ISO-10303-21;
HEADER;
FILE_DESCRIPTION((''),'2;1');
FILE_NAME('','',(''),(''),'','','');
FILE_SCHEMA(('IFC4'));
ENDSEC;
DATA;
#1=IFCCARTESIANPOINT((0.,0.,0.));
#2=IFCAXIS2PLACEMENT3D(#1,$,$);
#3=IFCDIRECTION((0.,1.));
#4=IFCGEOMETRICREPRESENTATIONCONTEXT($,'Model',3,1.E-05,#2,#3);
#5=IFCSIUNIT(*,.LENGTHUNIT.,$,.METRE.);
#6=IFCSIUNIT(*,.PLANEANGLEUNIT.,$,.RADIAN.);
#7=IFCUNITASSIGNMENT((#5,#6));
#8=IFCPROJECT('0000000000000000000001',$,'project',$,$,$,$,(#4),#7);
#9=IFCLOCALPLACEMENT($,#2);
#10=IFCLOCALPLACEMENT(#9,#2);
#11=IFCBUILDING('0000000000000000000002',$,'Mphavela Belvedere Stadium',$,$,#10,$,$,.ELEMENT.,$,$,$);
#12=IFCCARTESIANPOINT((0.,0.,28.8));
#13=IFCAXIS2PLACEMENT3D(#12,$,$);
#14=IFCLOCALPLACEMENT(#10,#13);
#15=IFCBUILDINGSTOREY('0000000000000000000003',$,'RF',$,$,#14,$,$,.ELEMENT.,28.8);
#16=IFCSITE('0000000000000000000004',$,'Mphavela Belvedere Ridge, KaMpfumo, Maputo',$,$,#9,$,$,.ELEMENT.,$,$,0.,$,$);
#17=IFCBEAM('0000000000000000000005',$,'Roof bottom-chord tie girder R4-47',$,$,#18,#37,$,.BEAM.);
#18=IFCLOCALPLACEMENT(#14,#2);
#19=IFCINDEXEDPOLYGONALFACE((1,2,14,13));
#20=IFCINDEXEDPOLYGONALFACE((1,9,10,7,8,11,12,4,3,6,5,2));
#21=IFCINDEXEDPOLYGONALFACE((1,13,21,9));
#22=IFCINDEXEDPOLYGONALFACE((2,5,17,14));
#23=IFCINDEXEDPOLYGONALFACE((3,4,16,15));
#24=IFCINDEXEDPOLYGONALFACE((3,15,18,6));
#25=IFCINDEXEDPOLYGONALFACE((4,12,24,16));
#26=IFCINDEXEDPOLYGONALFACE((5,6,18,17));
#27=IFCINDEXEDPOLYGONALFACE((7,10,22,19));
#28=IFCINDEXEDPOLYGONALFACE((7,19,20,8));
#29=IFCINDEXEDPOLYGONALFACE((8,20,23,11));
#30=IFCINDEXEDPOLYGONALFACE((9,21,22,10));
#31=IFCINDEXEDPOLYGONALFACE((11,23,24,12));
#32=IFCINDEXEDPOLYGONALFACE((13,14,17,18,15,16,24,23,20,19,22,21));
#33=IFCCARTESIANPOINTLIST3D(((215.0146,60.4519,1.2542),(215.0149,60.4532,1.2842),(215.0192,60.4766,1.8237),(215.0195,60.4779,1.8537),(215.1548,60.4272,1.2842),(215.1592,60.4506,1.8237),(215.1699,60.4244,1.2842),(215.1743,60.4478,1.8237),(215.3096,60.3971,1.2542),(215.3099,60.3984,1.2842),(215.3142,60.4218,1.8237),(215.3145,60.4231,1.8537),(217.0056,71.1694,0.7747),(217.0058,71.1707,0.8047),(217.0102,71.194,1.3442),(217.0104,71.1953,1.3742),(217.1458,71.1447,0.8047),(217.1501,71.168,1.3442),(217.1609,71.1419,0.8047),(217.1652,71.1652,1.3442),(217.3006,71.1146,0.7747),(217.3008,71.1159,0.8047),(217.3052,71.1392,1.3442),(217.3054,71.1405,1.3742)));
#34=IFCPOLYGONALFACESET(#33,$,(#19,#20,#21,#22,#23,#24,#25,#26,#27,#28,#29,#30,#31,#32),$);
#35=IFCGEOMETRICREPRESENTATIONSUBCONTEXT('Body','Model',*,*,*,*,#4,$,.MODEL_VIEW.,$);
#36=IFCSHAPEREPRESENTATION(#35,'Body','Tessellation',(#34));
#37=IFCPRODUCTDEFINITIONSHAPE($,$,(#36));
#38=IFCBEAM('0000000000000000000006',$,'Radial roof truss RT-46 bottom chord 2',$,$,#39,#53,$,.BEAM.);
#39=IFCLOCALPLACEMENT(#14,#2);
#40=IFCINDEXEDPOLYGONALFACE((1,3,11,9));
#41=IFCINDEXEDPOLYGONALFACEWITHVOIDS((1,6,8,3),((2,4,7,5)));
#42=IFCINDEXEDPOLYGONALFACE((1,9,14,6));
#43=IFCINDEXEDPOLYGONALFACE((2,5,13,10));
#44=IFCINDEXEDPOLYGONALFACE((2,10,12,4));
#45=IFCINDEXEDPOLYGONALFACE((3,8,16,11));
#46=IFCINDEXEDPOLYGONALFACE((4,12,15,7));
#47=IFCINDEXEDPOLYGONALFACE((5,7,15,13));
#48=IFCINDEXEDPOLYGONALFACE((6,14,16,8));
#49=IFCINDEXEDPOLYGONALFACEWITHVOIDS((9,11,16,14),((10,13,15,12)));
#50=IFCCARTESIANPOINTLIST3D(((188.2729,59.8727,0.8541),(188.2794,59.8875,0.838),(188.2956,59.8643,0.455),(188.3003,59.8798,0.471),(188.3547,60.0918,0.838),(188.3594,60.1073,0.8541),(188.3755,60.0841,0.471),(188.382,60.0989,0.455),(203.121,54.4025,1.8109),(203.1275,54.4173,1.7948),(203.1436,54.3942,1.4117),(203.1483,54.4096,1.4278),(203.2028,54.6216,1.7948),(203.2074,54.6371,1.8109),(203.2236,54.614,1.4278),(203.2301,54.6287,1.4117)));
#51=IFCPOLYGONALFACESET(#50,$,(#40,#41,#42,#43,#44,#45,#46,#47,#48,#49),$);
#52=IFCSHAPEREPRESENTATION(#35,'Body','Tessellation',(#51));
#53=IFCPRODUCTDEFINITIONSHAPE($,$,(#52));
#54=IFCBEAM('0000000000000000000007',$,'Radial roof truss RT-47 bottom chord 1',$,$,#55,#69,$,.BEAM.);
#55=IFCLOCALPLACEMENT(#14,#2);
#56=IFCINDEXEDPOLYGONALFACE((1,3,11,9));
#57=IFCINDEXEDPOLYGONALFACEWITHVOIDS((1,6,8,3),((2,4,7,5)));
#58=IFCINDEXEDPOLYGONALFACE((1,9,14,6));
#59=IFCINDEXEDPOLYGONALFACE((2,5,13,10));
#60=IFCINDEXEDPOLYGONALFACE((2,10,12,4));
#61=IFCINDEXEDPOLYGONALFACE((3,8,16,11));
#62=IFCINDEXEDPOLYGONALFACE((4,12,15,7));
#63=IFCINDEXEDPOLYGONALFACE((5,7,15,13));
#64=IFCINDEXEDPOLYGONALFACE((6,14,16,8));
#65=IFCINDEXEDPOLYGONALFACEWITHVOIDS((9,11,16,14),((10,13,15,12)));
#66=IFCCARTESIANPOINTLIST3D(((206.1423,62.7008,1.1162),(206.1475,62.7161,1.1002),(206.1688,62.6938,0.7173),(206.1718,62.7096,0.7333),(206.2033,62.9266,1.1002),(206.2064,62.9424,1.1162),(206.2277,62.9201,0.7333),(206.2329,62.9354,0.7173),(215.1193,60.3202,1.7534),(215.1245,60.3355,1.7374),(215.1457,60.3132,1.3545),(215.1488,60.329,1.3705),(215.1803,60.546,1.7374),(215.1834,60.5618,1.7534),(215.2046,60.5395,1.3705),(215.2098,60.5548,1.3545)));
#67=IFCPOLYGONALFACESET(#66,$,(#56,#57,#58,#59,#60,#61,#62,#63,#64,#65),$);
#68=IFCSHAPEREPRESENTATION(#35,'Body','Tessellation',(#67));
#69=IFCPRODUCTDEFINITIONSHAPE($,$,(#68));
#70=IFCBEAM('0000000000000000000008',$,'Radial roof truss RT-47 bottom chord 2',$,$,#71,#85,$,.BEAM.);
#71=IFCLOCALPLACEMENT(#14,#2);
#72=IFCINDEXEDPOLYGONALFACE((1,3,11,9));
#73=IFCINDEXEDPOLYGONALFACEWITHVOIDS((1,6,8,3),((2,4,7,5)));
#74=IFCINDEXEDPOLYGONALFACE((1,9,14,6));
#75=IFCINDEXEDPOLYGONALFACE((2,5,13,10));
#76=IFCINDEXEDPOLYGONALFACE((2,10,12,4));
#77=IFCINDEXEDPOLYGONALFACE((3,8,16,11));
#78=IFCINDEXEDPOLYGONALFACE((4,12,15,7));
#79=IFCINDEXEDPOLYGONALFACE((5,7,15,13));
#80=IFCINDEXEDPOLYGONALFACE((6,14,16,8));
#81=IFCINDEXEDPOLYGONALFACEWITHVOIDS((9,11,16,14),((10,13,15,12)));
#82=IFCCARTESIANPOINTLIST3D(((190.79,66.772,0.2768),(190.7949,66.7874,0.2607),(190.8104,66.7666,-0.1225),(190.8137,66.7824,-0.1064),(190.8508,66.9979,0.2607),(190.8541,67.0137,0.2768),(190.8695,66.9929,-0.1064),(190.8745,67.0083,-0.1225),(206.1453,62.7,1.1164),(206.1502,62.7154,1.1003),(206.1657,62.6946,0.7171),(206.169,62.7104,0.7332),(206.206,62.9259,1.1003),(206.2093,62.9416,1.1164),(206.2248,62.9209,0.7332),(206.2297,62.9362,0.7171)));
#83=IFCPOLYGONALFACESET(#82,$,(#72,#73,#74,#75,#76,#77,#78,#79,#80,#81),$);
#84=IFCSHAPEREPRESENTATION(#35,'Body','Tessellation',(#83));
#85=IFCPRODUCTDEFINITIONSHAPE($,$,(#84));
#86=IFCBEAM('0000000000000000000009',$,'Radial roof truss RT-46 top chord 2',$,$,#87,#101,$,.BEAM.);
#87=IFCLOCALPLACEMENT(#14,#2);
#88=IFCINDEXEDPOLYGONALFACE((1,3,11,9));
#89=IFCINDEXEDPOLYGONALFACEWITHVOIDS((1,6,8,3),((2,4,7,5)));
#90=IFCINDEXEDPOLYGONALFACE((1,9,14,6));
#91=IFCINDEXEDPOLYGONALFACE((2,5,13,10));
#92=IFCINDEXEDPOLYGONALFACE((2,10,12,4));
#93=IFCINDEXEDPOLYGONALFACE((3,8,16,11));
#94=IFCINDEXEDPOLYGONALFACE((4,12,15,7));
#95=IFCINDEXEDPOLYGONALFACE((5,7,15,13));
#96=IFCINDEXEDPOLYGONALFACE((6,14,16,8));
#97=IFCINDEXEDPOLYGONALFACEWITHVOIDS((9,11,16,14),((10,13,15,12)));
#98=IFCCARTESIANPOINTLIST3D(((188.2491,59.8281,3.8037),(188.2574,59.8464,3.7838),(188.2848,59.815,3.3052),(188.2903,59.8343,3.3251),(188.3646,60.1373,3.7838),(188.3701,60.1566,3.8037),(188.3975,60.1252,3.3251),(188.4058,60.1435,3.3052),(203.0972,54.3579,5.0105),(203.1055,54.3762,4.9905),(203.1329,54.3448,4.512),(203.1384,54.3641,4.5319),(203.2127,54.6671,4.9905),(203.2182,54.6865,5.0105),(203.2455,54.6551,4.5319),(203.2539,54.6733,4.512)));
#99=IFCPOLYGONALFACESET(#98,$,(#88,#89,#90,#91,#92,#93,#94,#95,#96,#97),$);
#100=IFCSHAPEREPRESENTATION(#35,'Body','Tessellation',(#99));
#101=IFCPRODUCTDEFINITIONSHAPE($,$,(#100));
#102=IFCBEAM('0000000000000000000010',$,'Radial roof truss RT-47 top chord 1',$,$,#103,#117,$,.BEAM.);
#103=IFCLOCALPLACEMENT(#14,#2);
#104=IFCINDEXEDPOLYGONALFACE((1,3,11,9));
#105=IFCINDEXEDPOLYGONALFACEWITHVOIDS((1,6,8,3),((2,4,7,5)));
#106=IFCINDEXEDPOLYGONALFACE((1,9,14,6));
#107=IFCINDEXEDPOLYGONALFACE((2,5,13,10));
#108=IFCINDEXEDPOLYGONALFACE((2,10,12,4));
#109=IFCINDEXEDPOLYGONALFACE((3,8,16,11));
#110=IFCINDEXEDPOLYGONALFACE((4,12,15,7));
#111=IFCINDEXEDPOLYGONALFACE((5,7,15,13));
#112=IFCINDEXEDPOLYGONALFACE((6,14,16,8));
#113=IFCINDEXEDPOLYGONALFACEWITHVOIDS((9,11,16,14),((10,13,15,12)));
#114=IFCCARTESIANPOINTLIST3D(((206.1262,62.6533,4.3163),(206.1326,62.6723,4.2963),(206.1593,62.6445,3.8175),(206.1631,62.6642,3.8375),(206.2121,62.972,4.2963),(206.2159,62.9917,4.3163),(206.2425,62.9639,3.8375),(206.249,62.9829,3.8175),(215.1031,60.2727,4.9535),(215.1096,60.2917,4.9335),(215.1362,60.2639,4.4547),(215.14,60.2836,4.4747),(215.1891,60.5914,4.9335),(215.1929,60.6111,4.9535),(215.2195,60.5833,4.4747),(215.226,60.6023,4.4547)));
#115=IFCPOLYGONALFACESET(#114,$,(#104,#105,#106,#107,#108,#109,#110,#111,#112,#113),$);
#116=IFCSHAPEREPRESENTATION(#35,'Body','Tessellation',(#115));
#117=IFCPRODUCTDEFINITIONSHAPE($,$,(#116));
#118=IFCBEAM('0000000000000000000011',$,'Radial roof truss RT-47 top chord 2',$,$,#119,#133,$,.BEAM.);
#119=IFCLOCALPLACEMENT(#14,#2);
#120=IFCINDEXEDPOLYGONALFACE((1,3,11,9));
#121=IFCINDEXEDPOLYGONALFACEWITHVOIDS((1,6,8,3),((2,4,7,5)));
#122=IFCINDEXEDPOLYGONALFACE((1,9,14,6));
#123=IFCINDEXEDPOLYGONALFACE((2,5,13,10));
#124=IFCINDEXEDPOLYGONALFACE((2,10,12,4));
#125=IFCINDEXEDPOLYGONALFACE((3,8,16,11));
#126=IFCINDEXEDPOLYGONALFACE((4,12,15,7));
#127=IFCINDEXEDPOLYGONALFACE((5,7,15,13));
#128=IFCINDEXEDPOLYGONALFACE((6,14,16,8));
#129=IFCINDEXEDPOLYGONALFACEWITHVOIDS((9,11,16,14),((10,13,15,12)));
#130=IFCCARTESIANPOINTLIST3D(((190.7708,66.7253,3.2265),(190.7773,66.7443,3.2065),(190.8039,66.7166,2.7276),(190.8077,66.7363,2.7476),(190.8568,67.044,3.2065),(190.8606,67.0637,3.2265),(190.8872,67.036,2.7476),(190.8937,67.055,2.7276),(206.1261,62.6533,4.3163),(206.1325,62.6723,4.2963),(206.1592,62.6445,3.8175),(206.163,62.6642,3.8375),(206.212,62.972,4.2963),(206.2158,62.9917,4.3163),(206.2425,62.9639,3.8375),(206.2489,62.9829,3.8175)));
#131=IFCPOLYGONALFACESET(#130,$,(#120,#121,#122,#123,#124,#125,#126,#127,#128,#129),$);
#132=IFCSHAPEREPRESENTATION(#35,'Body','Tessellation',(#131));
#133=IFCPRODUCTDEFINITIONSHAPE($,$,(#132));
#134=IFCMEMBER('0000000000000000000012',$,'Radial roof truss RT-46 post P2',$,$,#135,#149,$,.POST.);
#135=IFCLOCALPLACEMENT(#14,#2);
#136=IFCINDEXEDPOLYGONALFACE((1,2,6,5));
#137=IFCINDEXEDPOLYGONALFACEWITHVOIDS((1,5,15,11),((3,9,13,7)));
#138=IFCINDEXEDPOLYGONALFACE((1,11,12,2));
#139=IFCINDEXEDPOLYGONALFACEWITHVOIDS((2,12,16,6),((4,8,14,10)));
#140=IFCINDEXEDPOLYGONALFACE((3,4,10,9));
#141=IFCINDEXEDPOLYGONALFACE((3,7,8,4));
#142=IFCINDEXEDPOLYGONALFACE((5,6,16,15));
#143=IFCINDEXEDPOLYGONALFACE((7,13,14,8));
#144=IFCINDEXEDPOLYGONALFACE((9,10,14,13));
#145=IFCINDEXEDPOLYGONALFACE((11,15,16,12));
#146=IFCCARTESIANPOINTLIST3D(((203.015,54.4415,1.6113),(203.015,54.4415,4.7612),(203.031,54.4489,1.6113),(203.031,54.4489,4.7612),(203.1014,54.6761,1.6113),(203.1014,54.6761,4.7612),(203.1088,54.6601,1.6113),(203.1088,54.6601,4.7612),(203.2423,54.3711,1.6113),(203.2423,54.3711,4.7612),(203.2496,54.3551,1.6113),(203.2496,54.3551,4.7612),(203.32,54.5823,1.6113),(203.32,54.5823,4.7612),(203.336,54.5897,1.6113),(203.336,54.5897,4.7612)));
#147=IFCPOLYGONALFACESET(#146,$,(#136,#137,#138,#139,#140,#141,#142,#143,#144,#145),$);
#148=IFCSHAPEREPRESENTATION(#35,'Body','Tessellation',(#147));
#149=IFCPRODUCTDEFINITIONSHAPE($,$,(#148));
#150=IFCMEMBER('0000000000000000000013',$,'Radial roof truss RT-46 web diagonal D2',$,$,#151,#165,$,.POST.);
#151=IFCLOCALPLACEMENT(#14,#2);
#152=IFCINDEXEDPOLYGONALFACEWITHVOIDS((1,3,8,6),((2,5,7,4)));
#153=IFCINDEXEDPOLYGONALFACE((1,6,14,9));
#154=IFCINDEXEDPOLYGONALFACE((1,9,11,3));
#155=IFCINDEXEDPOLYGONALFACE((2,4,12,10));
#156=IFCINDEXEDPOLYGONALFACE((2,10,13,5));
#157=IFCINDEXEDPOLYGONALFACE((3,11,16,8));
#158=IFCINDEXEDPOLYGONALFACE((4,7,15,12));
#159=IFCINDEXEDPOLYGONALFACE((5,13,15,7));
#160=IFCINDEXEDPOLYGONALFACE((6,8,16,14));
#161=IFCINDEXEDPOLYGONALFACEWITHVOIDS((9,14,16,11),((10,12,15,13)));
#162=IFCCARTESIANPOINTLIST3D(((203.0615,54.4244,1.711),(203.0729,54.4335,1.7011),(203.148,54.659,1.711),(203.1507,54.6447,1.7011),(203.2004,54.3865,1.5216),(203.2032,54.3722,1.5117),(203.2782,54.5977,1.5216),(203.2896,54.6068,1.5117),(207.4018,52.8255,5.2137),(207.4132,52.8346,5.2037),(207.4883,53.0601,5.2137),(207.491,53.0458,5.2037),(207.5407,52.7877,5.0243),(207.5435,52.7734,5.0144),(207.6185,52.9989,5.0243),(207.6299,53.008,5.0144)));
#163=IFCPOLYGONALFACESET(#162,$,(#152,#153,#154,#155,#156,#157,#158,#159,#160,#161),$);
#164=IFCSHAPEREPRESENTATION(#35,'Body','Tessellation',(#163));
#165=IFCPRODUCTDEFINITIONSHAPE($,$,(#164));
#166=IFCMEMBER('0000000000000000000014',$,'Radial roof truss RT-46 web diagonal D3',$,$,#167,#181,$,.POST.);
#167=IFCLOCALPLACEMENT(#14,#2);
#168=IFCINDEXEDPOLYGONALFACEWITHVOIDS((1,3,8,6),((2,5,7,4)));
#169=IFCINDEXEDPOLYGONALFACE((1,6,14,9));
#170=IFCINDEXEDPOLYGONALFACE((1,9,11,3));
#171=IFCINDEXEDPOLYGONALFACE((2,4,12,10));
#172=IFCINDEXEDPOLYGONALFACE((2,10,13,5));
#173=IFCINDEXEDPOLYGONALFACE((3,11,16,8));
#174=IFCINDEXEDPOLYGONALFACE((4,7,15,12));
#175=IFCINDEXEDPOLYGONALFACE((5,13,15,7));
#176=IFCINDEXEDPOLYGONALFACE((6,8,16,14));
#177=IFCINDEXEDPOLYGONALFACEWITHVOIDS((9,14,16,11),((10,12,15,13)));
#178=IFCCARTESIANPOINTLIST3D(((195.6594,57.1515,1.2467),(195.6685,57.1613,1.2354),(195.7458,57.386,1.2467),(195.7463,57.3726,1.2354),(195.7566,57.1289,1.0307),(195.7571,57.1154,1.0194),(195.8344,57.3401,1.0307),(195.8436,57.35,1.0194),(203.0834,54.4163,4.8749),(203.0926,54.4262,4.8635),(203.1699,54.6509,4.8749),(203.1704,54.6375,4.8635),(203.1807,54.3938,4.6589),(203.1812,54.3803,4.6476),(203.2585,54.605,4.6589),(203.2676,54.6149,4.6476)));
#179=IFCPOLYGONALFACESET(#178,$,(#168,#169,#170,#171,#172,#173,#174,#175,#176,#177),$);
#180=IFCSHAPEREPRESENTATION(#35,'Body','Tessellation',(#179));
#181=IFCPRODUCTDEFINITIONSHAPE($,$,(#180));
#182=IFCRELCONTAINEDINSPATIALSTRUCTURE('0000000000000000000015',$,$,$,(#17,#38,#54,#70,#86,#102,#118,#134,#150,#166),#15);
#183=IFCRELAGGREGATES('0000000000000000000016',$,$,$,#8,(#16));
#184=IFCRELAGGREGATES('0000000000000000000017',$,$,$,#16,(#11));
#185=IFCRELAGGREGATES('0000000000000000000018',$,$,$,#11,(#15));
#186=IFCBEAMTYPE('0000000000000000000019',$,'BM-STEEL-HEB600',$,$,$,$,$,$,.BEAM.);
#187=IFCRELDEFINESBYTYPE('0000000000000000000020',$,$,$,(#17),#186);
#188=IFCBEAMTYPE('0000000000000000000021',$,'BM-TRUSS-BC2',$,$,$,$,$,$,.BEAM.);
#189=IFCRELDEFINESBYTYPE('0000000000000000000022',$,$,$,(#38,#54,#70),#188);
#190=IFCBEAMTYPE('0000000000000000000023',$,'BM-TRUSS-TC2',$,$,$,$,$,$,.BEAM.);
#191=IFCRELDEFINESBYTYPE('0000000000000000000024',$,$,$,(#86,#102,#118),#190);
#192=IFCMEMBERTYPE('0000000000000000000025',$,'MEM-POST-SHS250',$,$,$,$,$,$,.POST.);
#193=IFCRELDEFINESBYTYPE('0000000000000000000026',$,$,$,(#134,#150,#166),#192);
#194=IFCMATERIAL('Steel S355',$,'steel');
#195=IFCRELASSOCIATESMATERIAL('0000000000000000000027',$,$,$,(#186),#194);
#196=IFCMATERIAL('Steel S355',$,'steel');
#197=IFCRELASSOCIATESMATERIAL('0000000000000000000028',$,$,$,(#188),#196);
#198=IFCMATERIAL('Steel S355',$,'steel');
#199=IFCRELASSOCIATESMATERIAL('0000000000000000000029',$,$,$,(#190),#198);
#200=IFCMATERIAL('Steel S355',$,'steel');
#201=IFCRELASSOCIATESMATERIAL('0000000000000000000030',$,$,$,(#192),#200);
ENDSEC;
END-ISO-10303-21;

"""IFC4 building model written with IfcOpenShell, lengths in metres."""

from ifc_helpers import new_model, si_unit, direction, frame, origin, origin_2d, place, context, subcontext, project, spatial, hollow_rectangle, i_section, extrude, material, material_profile, profile_set, type_object, element, save


model = new_model("IFC4")

# Units and contexts
model_context = context("Model", 3, precision=1e-05, world=origin(), true_north=direction((0.0, 1.0)))
body_context = subcontext(model_context, "Body", "Model", "MODEL_VIEW")
ifc_project = project(units=[si_unit("LENGTHUNIT", "METRE"), si_unit("PLANEANGLEUNIT", "RADIAN")], contexts=[model_context])

# Site, building, storey
site_placement = place(None, origin())
site = spatial("IfcSite", under=ifc_project, at=site_placement, Name="Mphavela Belvedere Ridge, KaMpfumo, Maputo", CompositionType="ELEMENT", RefElevation=0.0)
building_placement = place(site_placement, origin())
building = spatial("IfcBuilding", under=site, at=building_placement, Name="Mphavela Belvedere Stadium", CompositionType="ELEMENT")
storey_placement = place(building_placement, frame((0.0, 0.0, 28.8)))
storey = spatial("IfcBuildingStorey", under=building, at=storey_placement, Name="RF", CompositionType="ELEMENT", Elevation=28.8)

# Beams
ifc_material_1 = material(Name="Steel S355", Category="steel")
ifc_material_profile_1 = material_profile(ifc_material_1, i_section(OverallWidth=0.3, OverallDepth=0.6001, WebThickness=0.0154, FlangeThickness=0.03, at=origin_2d()), Name="HEB 600")
ifc_profile_set_1 = profile_set([ifc_material_profile_1], Name="Steel S355")
beam_type_1 = type_object("IfcBeamType", Name="BM-STEEL-HEB600", PredefinedType="BEAM", material=ifc_profile_set_1)
beam_1_placement = place(storey_placement, frame((215.1646, 60.4375, 1.554), z_axis=(0.182466, 0.98223, -0.043944), x_axis=(-0.983179, 0.182643, 0.0)))
element("IfcBeam", 1, at=beam_1_placement, inside=storey, type_object=beam_type_1, Name="Roof bottom-chord tie girder R4-47", PredefinedType="BEAM", context=body_context, shape_type="SweptSolid", body=[
    extrude(i_section(OverallWidth=0.3, OverallDepth=0.6001, WebThickness=0.0154, FlangeThickness=0.03, at=origin_2d()), origin(), (0.0, 0.0, 1.0), 10.9114),
])
ifc_material_2 = material(Name="Steel S355", Category="steel")
ifc_material_profile_2 = material_profile(ifc_material_2, hollow_rectangle(XDim=0.25, YDim=0.3999, WallThickness=0.0161, at=origin_2d()), Name="RHS 400x250x16")
ifc_profile_set_2 = profile_set([ifc_material_profile_2], Name="Steel S355")
beam_type_2 = type_object("IfcBeamType", Name="BM-TRUSS-BC2", PredefinedType="BEAM", material=ifc_profile_set_2)
beam_2_placement = place(storey_placement, frame((203.1755, 54.5156, 1.6113), z_axis=(-0.936636, 0.345067, -0.060355), x_axis=(-0.345697, -0.938346, 0.0)))
element("IfcBeam", 2, at=beam_2_placement, inside=storey, type_object=beam_type_2, Name="Radial roof truss RT-46 bottom chord 2", PredefinedType="BEAM", context=body_context, shape_type="SweptSolid", body=[
    extrude(hollow_rectangle(XDim=0.25, YDim=0.3999, WallThickness=0.0161, at=origin_2d()), origin(), (0.0, 0.0, 1.0), 15.8525),
])
beam_3_placement = place(storey_placement, frame((215.1646, 60.4375, 1.554), z_axis=(-0.964323, 0.255728, -0.068449), x_axis=(-0.256329, -0.96659, 0.0)))
element("IfcBeam", 3, at=beam_3_placement, inside=storey, type_object=beam_type_2, Name="Radial roof truss RT-47 bottom chord 1", PredefinedType="BEAM", context=body_context, shape_type="SweptSolid", body=[
    extrude(hollow_rectangle(XDim=0.25, YDim=0.3999, WallThickness=0.0161, at=origin_2d()), origin(), (0.0, 0.0, 1.0), 9.3091),
])
beam_4_placement = place(storey_placement, frame((206.1875, 62.8181, 0.9167), z_axis=(-0.965243, 0.255971, -0.052778), x_axis=(-0.256328, -0.96659, 0.0)))
element("IfcBeam", 4, at=beam_4_placement, inside=storey, type_object=beam_type_2, Name="Radial roof truss RT-47 bottom chord 2", PredefinedType="BEAM", context=body_context, shape_type="SweptSolid", body=[
    extrude(hollow_rectangle(XDim=0.25, YDim=0.3999, WallThickness=0.0161, at=origin_2d()), origin(), (0.0, 0.0, 1.0), 15.9082),
])
ifc_material_3 = material(Name="Steel S355", Category="steel")
ifc_material_profile_3 = material_profile(ifc_material_3, hollow_rectangle(XDim=0.3501, YDim=0.5, WallThickness=0.02, at=origin_2d()), Name="RHS 500x350x20")
ifc_profile_set_3 = profile_set([ifc_material_profile_3], Name="Steel S355")
beam_type_3 = type_object("IfcBeamType", Name="BM-TRUSS-TC2", PredefinedType="BEAM", material=ifc_profile_set_3)
beam_5_placement = place(storey_placement, frame((203.1755, 54.5156, 4.7612), z_axis=(-0.935629, 0.344696, -0.076044), x_axis=(-0.345697, -0.938346, 0.0)))
element("IfcBeam", 5, at=beam_5_placement, inside=storey, type_object=beam_type_3, Name="Radial roof truss RT-46 top chord 2", PredefinedType="BEAM", context=body_context, shape_type="SweptSolid", body=[
    extrude(hollow_rectangle(XDim=0.3501, YDim=0.5, WallThickness=0.02, at=origin_2d()), origin(), (0.0, 0.0, 1.0), 15.8696),
])
beam_6_placement = place(storey_placement, frame((215.1646, 60.4375, 4.7041), z_axis=(-0.964323, 0.255728, -0.068449), x_axis=(-0.256329, -0.96659, 0.0)))
element("IfcBeam", 6, at=beam_6_placement, inside=storey, type_object=beam_type_3, Name="Radial roof truss RT-47 top chord 1", PredefinedType="BEAM", context=body_context, shape_type="SweptSolid", body=[
    extrude(hollow_rectangle(XDim=0.3501, YDim=0.5, WallThickness=0.02, at=origin_2d()), origin(), (0.0, 0.0, 1.0), 9.3091),
])
beam_7_placement = place(storey_placement, frame((206.1875, 62.8181, 4.0669), z_axis=(-0.964323, 0.255727, -0.068443), x_axis=(-0.256328, -0.96659, 0.0)))
element("IfcBeam", 7, at=beam_7_placement, inside=storey, type_object=beam_type_3, Name="Radial roof truss RT-47 top chord 2", PredefinedType="BEAM", context=body_context, shape_type="SweptSolid", body=[
    extrude(hollow_rectangle(XDim=0.3501, YDim=0.5, WallThickness=0.02, at=origin_2d()), origin(), (0.0, 0.0, 1.0), 15.9233),
])

# Members
ifc_material_4 = material(Name="Steel S355", Category="steel")
ifc_material_profile_4 = material_profile(ifc_material_4, hollow_rectangle(XDim=0.25, YDim=0.25, WallThickness=0.0125, at=origin_2d()), Name="SHS 250x250x12.5")
ifc_profile_set_4 = profile_set([ifc_material_profile_4], Name="Steel S355")
member_type_1 = type_object("IfcMemberType", Name="MEM-POST-SHS250", PredefinedType="POST", material=ifc_profile_set_4)
member_1_placement = place(storey_placement, frame((203.1755, 54.5156, 1.6113), z_axis=(0.0, 0.0, 1.0), x_axis=(0.938372, -0.345626, 0.0)))
element("IfcMember", 8, at=member_1_placement, inside=storey, type_object=member_type_1, Name="Radial roof truss RT-46 post P2", PredefinedType="POST", context=body_context, shape_type="SweptSolid", body=[
    extrude(hollow_rectangle(XDim=0.25, YDim=0.25, WallThickness=0.0125, at=origin_2d()), origin(), (0.0, 0.0, 1.0), 3.1499),
])
member_2_placement = place(storey_placement, frame((207.5159, 52.9167, 5.114), z_axis=(-0.74807, 0.275571, -0.603699), x_axis=(-0.345669, -0.938357, 0.0)))
element("IfcMember", 9, at=member_2_placement, inside=storey, type_object=member_type_1, Name="Radial roof truss RT-46 web diagonal D2", PredefinedType="POST", context=body_context, shape_type="SweptSolid", body=[
    extrude(hollow_rectangle(XDim=0.25, YDim=0.25, WallThickness=0.0125, at=origin_2d()), origin(), (0.0, 0.0, 1.0), 5.802),
])
member_3_placement = place(storey_placement, frame((203.1755, 54.5156, 4.7612), z_axis=(-0.85294, 0.314232, -0.416835), x_axis=(-0.345697, -0.938346, 0.0)))
element("IfcMember", 10, at=member_3_placement, inside=storey, type_object=member_type_1, Name="Radial roof truss RT-46 web diagonal D3", PredefinedType="POST", context=body_context, shape_type="SweptSolid", body=[
    extrude(hollow_rectangle(XDim=0.25, YDim=0.25, WallThickness=0.0125, at=origin_2d()), origin(), (0.0, 0.0, 1.0), 8.7041),
])

save(model, "model.ifc")
